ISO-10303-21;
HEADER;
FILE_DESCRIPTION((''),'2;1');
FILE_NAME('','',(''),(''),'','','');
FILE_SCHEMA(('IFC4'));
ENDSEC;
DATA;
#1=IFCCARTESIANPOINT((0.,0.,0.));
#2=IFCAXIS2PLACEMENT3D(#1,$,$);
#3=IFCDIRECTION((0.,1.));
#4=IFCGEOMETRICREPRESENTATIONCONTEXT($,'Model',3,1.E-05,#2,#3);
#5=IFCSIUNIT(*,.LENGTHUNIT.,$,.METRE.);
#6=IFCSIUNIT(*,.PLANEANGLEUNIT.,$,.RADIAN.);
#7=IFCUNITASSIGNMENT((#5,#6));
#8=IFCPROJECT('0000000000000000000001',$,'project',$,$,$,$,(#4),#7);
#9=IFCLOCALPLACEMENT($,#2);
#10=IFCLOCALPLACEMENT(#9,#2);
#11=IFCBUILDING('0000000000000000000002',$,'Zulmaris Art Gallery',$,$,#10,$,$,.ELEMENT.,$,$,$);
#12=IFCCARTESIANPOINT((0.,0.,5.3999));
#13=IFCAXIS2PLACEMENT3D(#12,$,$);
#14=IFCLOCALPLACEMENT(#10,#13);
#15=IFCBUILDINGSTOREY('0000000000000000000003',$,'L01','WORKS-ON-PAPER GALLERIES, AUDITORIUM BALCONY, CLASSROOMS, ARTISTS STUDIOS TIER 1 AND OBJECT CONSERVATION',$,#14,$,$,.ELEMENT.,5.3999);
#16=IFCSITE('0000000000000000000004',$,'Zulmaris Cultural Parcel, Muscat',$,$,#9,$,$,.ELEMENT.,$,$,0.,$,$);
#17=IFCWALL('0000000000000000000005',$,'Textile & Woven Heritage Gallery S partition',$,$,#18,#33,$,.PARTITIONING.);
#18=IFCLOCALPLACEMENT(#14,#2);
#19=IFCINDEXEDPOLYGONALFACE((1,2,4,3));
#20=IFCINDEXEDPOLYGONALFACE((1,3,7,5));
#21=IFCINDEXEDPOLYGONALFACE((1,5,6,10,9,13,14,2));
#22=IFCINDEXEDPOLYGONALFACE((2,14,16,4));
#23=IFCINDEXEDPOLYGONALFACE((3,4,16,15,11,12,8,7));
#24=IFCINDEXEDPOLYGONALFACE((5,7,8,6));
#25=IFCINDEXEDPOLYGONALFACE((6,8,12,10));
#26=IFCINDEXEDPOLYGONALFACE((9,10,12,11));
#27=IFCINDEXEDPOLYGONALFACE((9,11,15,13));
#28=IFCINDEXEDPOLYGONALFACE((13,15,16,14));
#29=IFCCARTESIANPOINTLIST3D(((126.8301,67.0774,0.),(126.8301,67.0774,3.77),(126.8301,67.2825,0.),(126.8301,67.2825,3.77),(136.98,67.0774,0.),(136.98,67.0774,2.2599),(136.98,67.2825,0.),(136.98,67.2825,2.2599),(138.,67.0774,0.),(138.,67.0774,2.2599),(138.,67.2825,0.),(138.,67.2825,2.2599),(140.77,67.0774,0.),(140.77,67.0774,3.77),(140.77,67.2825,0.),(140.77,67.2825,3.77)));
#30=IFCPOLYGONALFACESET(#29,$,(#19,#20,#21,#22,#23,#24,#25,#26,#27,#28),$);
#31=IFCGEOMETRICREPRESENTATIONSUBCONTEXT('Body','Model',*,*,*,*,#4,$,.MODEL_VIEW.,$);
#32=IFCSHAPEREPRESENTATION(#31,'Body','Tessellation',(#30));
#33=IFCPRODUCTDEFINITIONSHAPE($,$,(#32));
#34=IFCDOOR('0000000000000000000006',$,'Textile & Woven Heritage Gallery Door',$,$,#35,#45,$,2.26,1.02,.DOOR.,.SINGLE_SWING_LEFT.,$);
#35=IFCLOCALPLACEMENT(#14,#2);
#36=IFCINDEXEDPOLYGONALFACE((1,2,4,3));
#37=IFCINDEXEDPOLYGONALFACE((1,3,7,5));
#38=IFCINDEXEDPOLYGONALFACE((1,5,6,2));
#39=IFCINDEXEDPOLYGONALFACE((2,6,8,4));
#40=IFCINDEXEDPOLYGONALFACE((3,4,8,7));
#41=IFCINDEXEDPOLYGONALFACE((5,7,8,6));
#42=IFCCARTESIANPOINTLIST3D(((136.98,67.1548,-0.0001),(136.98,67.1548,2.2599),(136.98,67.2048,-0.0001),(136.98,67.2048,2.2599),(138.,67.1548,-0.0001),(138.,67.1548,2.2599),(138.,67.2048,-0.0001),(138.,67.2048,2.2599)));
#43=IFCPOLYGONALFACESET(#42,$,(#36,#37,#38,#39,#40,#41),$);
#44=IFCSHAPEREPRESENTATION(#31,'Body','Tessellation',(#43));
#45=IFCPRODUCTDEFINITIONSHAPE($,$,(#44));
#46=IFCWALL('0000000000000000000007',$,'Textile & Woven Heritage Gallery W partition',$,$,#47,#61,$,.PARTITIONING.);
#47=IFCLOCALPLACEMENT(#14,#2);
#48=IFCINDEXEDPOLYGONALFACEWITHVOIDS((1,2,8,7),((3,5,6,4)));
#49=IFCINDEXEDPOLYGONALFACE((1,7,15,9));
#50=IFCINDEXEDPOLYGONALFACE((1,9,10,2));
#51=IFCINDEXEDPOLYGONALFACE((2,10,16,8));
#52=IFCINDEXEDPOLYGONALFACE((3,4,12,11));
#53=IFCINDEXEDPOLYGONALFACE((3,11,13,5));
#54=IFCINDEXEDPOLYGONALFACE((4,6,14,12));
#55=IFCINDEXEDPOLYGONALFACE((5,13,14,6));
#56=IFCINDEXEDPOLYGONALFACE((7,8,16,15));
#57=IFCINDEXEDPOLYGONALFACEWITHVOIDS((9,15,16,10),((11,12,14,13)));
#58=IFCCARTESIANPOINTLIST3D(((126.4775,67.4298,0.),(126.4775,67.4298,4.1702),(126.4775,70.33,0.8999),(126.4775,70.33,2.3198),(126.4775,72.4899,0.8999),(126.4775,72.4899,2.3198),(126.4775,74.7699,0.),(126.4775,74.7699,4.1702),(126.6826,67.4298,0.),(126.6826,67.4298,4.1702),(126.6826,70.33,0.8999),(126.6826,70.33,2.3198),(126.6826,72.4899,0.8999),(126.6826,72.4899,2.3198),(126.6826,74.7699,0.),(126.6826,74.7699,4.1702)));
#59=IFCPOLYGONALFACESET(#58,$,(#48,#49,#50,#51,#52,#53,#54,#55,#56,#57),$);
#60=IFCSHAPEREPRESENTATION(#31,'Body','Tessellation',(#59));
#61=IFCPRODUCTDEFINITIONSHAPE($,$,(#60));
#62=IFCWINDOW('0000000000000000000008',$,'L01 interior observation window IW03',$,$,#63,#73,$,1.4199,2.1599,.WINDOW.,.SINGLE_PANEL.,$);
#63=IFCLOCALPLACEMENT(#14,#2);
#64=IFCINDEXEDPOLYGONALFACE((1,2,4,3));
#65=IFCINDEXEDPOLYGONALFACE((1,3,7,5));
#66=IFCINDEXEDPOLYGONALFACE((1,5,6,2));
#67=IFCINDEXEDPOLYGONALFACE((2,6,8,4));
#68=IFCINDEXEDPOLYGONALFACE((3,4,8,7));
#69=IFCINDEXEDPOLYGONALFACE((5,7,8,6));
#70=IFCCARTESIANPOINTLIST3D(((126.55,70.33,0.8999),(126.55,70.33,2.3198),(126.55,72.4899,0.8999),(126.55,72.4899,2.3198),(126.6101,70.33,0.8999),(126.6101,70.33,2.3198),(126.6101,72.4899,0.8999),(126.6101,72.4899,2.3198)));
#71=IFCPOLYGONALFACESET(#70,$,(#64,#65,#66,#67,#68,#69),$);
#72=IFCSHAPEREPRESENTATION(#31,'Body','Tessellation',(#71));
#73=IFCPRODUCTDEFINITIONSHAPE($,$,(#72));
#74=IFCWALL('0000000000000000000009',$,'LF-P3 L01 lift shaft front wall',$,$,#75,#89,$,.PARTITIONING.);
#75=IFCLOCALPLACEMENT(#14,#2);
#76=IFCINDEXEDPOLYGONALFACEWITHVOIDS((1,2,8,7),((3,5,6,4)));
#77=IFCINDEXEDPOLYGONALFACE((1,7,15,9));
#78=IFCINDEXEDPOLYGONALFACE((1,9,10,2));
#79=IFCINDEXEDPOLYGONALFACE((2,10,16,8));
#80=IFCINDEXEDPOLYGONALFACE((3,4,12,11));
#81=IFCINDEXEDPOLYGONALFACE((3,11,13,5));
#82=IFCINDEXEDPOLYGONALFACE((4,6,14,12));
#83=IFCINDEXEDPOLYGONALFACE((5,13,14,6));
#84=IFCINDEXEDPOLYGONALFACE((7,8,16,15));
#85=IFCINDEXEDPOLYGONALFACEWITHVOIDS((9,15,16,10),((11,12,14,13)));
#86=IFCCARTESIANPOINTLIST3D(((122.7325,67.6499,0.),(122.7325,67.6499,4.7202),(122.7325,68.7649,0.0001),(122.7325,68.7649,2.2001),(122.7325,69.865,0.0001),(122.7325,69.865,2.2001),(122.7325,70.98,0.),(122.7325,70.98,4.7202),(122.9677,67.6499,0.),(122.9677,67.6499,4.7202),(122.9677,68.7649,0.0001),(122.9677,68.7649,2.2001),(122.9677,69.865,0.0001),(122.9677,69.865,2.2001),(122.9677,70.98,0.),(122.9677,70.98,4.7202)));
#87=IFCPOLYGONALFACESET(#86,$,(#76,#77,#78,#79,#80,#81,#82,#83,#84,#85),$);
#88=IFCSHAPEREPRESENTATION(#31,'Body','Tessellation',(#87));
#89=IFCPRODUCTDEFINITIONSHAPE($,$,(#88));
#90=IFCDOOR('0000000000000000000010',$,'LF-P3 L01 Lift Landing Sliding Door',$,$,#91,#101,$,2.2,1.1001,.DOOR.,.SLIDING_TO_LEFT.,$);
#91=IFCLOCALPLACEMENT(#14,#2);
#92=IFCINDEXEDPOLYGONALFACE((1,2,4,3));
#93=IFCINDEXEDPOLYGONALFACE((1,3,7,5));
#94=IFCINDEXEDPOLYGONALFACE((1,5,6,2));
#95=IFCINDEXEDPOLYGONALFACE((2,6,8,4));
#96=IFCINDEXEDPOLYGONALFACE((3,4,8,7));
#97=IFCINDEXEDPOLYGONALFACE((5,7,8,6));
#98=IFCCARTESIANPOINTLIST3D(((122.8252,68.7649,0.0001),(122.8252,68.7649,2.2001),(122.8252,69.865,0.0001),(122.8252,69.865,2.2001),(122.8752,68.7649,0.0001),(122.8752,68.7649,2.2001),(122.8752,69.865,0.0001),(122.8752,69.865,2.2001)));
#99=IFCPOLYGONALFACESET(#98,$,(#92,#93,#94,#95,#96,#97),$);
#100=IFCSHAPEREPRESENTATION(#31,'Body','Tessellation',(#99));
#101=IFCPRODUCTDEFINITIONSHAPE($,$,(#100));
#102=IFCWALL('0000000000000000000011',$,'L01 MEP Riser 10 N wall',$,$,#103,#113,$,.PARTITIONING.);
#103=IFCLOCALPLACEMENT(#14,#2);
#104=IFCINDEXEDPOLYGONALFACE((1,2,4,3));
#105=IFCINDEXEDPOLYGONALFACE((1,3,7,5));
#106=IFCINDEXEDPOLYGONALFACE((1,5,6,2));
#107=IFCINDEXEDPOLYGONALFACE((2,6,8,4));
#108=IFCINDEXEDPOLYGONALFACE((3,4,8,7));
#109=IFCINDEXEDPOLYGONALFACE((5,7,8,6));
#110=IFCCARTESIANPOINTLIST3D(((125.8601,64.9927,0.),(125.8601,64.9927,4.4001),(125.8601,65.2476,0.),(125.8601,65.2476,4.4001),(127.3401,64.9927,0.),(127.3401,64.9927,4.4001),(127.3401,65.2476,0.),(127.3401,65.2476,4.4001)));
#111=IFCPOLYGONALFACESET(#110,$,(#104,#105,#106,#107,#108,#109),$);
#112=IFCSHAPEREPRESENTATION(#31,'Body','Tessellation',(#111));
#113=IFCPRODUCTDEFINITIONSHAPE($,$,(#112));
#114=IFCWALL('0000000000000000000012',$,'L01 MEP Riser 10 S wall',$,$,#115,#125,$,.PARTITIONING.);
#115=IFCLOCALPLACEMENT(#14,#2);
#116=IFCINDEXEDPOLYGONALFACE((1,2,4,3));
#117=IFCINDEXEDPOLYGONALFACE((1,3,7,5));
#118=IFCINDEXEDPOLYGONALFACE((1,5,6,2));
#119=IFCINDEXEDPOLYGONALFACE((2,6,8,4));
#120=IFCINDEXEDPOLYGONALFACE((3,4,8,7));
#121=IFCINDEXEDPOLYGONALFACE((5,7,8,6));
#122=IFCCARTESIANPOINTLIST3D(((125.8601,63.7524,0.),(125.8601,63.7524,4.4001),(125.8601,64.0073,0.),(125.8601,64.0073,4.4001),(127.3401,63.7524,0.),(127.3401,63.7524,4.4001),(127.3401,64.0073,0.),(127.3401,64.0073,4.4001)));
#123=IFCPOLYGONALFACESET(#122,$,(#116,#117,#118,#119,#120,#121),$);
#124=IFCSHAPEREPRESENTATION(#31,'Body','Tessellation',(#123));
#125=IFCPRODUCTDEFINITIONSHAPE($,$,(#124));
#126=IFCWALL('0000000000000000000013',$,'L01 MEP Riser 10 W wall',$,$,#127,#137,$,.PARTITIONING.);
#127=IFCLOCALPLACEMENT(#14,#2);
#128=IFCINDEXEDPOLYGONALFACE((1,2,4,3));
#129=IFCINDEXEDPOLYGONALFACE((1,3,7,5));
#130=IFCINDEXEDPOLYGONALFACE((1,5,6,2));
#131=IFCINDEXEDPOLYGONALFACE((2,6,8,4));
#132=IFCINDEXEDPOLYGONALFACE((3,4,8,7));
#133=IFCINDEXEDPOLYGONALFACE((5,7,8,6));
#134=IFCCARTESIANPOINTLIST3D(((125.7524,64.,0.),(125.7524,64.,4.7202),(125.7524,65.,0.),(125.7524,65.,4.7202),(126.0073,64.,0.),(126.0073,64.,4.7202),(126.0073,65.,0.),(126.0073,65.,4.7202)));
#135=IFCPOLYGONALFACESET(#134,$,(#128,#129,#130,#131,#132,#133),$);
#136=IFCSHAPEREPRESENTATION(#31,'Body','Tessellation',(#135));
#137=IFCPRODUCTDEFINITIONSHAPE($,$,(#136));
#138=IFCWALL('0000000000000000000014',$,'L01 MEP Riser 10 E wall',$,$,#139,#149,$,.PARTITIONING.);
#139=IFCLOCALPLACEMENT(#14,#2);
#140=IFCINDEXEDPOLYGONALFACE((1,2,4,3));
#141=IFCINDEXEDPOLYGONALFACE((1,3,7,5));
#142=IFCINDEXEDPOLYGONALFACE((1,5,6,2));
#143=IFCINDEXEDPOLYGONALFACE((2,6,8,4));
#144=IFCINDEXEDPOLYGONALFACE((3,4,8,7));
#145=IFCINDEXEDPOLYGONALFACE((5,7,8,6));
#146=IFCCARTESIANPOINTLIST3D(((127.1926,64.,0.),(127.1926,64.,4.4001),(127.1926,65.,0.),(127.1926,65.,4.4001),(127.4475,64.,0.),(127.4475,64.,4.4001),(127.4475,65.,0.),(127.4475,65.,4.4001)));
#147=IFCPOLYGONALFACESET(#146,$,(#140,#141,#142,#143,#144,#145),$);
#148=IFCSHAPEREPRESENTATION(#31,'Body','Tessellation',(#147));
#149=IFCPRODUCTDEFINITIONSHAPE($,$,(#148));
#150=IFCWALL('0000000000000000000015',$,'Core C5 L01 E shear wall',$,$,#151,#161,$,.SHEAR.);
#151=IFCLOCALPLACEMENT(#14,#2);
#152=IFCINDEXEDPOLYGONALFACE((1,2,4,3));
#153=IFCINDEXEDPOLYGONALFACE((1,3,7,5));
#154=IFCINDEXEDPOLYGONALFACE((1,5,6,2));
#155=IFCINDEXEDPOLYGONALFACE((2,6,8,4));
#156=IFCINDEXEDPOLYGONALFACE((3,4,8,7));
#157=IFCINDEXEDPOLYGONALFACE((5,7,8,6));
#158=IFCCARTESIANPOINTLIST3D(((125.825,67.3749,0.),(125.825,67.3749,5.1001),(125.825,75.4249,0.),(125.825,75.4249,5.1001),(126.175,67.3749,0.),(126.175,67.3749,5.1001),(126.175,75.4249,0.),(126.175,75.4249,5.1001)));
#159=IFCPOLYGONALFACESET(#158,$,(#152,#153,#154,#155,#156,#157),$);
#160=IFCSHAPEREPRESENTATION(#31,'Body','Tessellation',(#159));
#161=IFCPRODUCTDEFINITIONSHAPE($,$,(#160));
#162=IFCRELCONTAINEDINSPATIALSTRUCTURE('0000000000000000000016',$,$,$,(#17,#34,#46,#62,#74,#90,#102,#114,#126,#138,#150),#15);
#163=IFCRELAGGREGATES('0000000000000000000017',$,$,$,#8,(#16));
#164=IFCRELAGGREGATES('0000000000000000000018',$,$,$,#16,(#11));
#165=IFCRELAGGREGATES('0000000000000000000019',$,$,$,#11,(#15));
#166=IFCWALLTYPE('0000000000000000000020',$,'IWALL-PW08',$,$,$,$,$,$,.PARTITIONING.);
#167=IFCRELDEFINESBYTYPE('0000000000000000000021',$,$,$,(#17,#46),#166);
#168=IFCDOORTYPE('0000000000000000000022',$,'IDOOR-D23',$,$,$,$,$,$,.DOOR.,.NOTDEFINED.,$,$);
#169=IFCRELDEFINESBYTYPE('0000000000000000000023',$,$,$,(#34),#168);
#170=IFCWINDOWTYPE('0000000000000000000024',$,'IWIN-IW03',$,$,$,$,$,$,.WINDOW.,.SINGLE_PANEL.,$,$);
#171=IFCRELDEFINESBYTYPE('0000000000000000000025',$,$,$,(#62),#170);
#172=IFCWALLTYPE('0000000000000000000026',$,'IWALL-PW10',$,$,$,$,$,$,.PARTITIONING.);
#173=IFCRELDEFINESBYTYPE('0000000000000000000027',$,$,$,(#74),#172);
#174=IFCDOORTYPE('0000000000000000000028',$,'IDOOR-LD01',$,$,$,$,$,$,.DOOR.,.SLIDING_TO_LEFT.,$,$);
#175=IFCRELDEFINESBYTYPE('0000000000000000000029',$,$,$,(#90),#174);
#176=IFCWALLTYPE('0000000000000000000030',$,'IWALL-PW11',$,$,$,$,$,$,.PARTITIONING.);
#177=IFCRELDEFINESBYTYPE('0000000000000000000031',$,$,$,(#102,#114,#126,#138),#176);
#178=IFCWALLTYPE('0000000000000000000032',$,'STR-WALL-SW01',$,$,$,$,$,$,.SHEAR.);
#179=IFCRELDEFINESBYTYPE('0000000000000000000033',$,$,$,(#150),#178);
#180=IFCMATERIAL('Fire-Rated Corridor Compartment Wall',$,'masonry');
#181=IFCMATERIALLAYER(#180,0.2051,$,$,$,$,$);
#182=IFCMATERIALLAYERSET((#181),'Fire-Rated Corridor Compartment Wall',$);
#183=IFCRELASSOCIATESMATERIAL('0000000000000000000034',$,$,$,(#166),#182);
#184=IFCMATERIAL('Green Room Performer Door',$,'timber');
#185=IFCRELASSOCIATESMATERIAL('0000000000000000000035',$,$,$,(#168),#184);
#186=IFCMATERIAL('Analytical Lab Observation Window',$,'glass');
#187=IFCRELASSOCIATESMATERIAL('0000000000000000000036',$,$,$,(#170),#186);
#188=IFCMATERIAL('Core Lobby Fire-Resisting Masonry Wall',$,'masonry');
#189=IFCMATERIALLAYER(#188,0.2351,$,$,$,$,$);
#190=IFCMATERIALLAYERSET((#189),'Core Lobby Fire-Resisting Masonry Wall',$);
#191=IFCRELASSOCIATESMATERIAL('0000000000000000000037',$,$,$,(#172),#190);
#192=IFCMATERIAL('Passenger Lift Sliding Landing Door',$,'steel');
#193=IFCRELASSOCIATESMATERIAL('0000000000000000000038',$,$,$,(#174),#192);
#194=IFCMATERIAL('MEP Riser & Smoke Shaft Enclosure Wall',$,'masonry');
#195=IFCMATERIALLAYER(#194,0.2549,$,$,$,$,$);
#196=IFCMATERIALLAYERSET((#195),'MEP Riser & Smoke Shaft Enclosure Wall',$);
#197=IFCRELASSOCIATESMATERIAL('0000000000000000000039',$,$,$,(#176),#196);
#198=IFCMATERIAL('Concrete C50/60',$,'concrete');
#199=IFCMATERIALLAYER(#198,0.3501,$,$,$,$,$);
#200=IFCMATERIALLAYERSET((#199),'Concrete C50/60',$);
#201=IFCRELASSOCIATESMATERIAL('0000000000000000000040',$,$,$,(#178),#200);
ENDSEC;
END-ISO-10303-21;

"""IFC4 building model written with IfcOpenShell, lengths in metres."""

from ifc_helpers import new_model, si_unit, direction, frame, frame_2d, origin, place, context, subcontext, project, spatial, rectangle, extrude, material, layer, layer_set, type_object, element, fill, save


model = new_model("IFC4")

# Units and contexts
model_context = context("Model", 3, precision=1e-05, world=origin(), true_north=direction((0.0, 1.0)))
body_context = subcontext(model_context, "Body", "Model", "MODEL_VIEW")
ifc_project = project(units=[si_unit("LENGTHUNIT", "METRE"), si_unit("PLANEANGLEUNIT", "RADIAN")], contexts=[model_context])

# Site, building, storey
site_placement = place(None, origin())
site = spatial("IfcSite", under=ifc_project, at=site_placement, Name="Zulmaris Cultural Parcel, Muscat", CompositionType="ELEMENT", RefElevation=0.0)
building_placement = place(site_placement, origin())
building = spatial("IfcBuilding", under=site, at=building_placement, Name="Zulmaris Art Gallery", CompositionType="ELEMENT")
storey_placement = place(building_placement, frame((0.0, 0.0, 5.3999)))
storey = spatial("IfcBuildingStorey", under=building, at=storey_placement, Name="L01", Description="WORKS-ON-PAPER GALLERIES, AUDITORIUM BALCONY, CLASSROOMS, ARTISTS STUDIOS TIER 1 AND OBJECT CONSERVATION", CompositionType="ELEMENT", Elevation=5.3999)

# Wall, opening, door
ifc_material_1 = material(Name="Fire-Rated Corridor Compartment Wall", Category="masonry")
ifc_layer_1 = layer(ifc_material_1, 0.2051)
ifc_layer_set_1 = layer_set([ifc_layer_1], Name="Fire-Rated Corridor Compartment Wall")
wall_type_1 = type_object("IfcWallType", Name="IWALL-PW08", PredefinedType="PARTITIONING", material=ifc_layer_set_1)
wall_1_placement = place(storey_placement, frame((126.8301, 67.1799, 0.0), z_axis=(0.0, 0.0, 1.0), x_axis=(1.0, 0.0, 0.0)))
wall_1 = element("IfcWall", 1, at=wall_1_placement, inside=storey, type_object=wall_type_1, Name="Textile & Woven Heritage Gallery S partition", PredefinedType="PARTITIONING", context=body_context, shape_type="SweptSolid", body=[
    extrude(rectangle(XDim=13.9399, YDim=0.2051, at=frame_2d((6.97, 0.0))), origin(), (0.0, 0.0, 1.0), 3.77),
])
opening_1_placement = place(wall_1_placement, frame((10.1499, 0.0, 0.0)))
opening_1 = element("IfcOpeningElement", 2, at=opening_1_placement, cuts=wall_1, PredefinedType="OPENING", context=body_context, shape_type="SweptSolid", body=[
    extrude(rectangle(XDim=1.02, YDim=2.26, at=frame_2d((0.51, 1.1299))), frame((0.0, 0.1125, 0.0), z_axis=(0.0, -1.0, 0.0), x_axis=(1.0, 0.0, 0.0)), (0.0, 0.0, 1.0), 0.2251),
])
ifc_material_2 = material(Name="Green Room Performer Door", Category="timber")
door_type_1 = type_object("IfcDoorType", Name="IDOOR-D23", OperationType="NOTDEFINED", PredefinedType="DOOR", material=ifc_material_2)
door_1_placement = place(opening_1_placement, origin())
door_1 = element("IfcDoor", 3, at=door_1_placement, inside=storey, type_object=door_type_1, Name="Textile & Woven Heritage Gallery Door", OperationType="SINGLE_SWING_LEFT", OverallHeight=2.26, OverallWidth=1.02, PredefinedType="DOOR", context=body_context, shape_type="SweptSolid", body=[
    extrude(rectangle(XDim=1.02, YDim=2.26, at=frame_2d((0.51, 1.1299))), frame((0.0, 0.0249, 0.0), z_axis=(0.0, -1.0, 0.0), x_axis=(1.0, 0.0, 0.0)), (0.0, 0.0, 1.0), 0.05),
])
fill(opening_1, door_1)

# Wall, opening, window
wall_2_placement = place(storey_placement, frame((126.5801, 67.4299, 0.0), z_axis=(0.0, 0.0, 1.0), x_axis=(0.0, 1.0, 0.0)))
wall_2 = element("IfcWall", 4, at=wall_2_placement, inside=storey, type_object=wall_type_1, Name="Textile & Woven Heritage Gallery W partition", PredefinedType="PARTITIONING", context=body_context, shape_type="SweptSolid", body=[
    extrude(rectangle(XDim=7.3401, YDim=0.2051, at=frame_2d((3.6699, 0.0))), origin(), (0.0, 0.0, 1.0), 4.1702),
])
opening_2_placement = place(wall_2_placement, frame((2.8999, 0.0, 0.8999)))
opening_2 = element("IfcOpeningElement", 5, at=opening_2_placement, cuts=wall_2, PredefinedType="OPENING", context=body_context, shape_type="SweptSolid", body=[
    extrude(rectangle(XDim=2.1599, YDim=1.4199, at=frame_2d((1.0801, 0.71))), frame((0.0, 0.1125, 0.0), z_axis=(0.0, -1.0, 0.0), x_axis=(1.0, 0.0, 0.0)), (0.0, 0.0, 1.0), 0.2251),
])
ifc_material_3 = material(Name="Analytical Lab Observation Window", Category="glass")
window_type_1 = type_object("IfcWindowType", Name="IWIN-IW03", PartitioningType="SINGLE_PANEL", PredefinedType="WINDOW", material=ifc_material_3)
window_1_placement = place(opening_2_placement, origin())
window_1 = element("IfcWindow", 6, at=window_1_placement, inside=storey, type_object=window_type_1, Name="L01 interior observation window IW03", OverallHeight=1.4199, OverallWidth=2.1599, PartitioningType="SINGLE_PANEL", PredefinedType="WINDOW", context=body_context, shape_type="SweptSolid", body=[
    extrude(rectangle(XDim=2.1599, YDim=1.4199, at=frame_2d((1.0801, 0.71))), frame((0.0, 0.03, 0.0), z_axis=(0.0, -1.0, 0.0), x_axis=(1.0, 0.0, 0.0)), (0.0, 0.0, 1.0), 0.0601),
])
fill(opening_2, window_1)

# Wall, opening, door
ifc_material_4 = material(Name="Core Lobby Fire-Resisting Masonry Wall", Category="masonry")
ifc_layer_2 = layer(ifc_material_4, 0.2351)
ifc_layer_set_2 = layer_set([ifc_layer_2], Name="Core Lobby Fire-Resisting Masonry Wall")
wall_type_2 = type_object("IfcWallType", Name="IWALL-PW10", PredefinedType="PARTITIONING", material=ifc_layer_set_2)
wall_3_placement = place(storey_placement, frame((122.8501, 67.6499, 0.0), z_axis=(0.0, 0.0, 1.0), x_axis=(0.0, 1.0, 0.0)))
wall_3 = element("IfcWall", 7, at=wall_3_placement, inside=storey, type_object=wall_type_2, Name="LF-P3 L01 lift shaft front wall", PredefinedType="PARTITIONING", context=body_context, shape_type="SweptSolid", body=[
    extrude(rectangle(XDim=3.3301, YDim=0.2351, at=frame_2d((1.665, 0.0))), origin(), (0.0, 0.0, 1.0), 4.7202),
])
opening_3_placement = place(wall_3_placement, frame((1.115, 0.0, 0.0)))
opening_3 = element("IfcOpeningElement", 8, at=opening_3_placement, cuts=wall_3, PredefinedType="OPENING", context=body_context, shape_type="SweptSolid", body=[
    extrude(rectangle(XDim=1.1001, YDim=2.2, at=frame_2d((0.55, 1.1001))), frame((0.0, 0.1274, 0.0), z_axis=(0.0, -1.0, 0.0), x_axis=(1.0, 0.0, 0.0)), (0.0, 0.0, 1.0), 0.2551),
])
ifc_material_5 = material(Name="Passenger Lift Sliding Landing Door", Category="steel")
door_type_2 = type_object("IfcDoorType", Name="IDOOR-LD01", OperationType="SLIDING_TO_LEFT", PredefinedType="DOOR", material=ifc_material_5)
door_2_placement = place(opening_3_placement, origin())
door_2 = element("IfcDoor", 9, at=door_2_placement, inside=storey, type_object=door_type_2, Name="LF-P3 L01 Lift Landing Sliding Door", OperationType="SLIDING_TO_LEFT", OverallHeight=2.2, OverallWidth=1.1001, PredefinedType="DOOR", context=body_context, shape_type="SweptSolid", body=[
    extrude(rectangle(XDim=1.1001, YDim=2.2, at=frame_2d((0.55, 1.1001))), frame((0.0, 0.0249, 0.0), z_axis=(0.0, -1.0, 0.0), x_axis=(1.0, 0.0, 0.0)), (0.0, 0.0, 1.0), 0.05),
])
fill(opening_3, door_2)

# Walls
ifc_material_6 = material(Name="MEP Riser & Smoke Shaft Enclosure Wall", Category="masonry")
ifc_layer_3 = layer(ifc_material_6, 0.2549)
ifc_layer_set_3 = layer_set([ifc_layer_3], Name="MEP Riser & Smoke Shaft Enclosure Wall")
wall_type_3 = type_object("IfcWallType", Name="IWALL-PW11", PredefinedType="PARTITIONING", material=ifc_layer_set_3)
for number, where, z_axis, x_axis, name in (
    (10, (125.8601, 65.1201, 0.0), (0.0, 0.0, 1.0), (1.0, 0.0, 0.0), "L01 MEP Riser 10 N wall"),
    (11, (125.8601, 63.8799, 0.0), (0.0, 0.0, 1.0), (1.0, 0.0, 0.0), "L01 MEP Riser 10 S wall"),
):
    element("IfcWall", number, at=place(storey_placement, frame(where, z_axis=z_axis, x_axis=x_axis)), inside=storey, type_object=wall_type_3, Name=name, PredefinedType="PARTITIONING", context=body_context, shape_type="SweptSolid", body=[
        extrude(rectangle(XDim=1.48, YDim=0.2549, at=frame_2d((0.74, 0.0))), origin(), (0.0, 0.0, 1.0), 4.4001),
    ])
wall_4_placement = place(storey_placement, frame((125.8799, 64.0, 0.0), z_axis=(0.0, 0.0, 1.0), x_axis=(0.0, 1.0, 0.0)))
element("IfcWall", 12, at=wall_4_placement, inside=storey, type_object=wall_type_3, Name="L01 MEP Riser 10 W wall", PredefinedType="PARTITIONING", context=body_context, shape_type="SweptSolid", body=[
    extrude(rectangle(XDim=1.0, YDim=0.2549, at=frame_2d((0.5, 0.0))), origin(), (0.0, 0.0, 1.0), 4.7202),
])
wall_5_placement = place(storey_placement, frame((127.3201, 64.0, 0.0), z_axis=(0.0, 0.0, 1.0), x_axis=(0.0, 1.0, 0.0)))
element("IfcWall", 13, at=wall_5_placement, inside=storey, type_object=wall_type_3, Name="L01 MEP Riser 10 E wall", PredefinedType="PARTITIONING", context=body_context, shape_type="SweptSolid", body=[
    extrude(rectangle(XDim=1.0, YDim=0.2549, at=frame_2d((0.5, 0.0))), origin(), (0.0, 0.0, 1.0), 4.4001),
])
ifc_material_7 = material(Name="Concrete C50/60", Category="concrete")
ifc_layer_4 = layer(ifc_material_7, 0.3501)
ifc_layer_set_4 = layer_set([ifc_layer_4], Name="Concrete C50/60")
wall_type_4 = type_object("IfcWallType", Name="STR-WALL-SW01", PredefinedType="SHEAR", material=ifc_layer_set_4)
wall_6_placement = place(storey_placement, frame((126.0, 67.375, 0.0), z_axis=(0.0, 0.0, 1.0), x_axis=(0.0, 1.0, 0.0)))
element("IfcWall", 14, at=wall_6_placement, inside=storey, type_object=wall_type_4, Name="Core C5 L01 E shear wall", PredefinedType="SHEAR", context=body_context, shape_type="SweptSolid", body=[
    extrude(rectangle(XDim=8.05, YDim=0.3501, at=frame_2d((4.0249, 0.0))), origin(), (0.0, 0.0, 1.0), 5.1001),
])

save(model, "model.ifc")
